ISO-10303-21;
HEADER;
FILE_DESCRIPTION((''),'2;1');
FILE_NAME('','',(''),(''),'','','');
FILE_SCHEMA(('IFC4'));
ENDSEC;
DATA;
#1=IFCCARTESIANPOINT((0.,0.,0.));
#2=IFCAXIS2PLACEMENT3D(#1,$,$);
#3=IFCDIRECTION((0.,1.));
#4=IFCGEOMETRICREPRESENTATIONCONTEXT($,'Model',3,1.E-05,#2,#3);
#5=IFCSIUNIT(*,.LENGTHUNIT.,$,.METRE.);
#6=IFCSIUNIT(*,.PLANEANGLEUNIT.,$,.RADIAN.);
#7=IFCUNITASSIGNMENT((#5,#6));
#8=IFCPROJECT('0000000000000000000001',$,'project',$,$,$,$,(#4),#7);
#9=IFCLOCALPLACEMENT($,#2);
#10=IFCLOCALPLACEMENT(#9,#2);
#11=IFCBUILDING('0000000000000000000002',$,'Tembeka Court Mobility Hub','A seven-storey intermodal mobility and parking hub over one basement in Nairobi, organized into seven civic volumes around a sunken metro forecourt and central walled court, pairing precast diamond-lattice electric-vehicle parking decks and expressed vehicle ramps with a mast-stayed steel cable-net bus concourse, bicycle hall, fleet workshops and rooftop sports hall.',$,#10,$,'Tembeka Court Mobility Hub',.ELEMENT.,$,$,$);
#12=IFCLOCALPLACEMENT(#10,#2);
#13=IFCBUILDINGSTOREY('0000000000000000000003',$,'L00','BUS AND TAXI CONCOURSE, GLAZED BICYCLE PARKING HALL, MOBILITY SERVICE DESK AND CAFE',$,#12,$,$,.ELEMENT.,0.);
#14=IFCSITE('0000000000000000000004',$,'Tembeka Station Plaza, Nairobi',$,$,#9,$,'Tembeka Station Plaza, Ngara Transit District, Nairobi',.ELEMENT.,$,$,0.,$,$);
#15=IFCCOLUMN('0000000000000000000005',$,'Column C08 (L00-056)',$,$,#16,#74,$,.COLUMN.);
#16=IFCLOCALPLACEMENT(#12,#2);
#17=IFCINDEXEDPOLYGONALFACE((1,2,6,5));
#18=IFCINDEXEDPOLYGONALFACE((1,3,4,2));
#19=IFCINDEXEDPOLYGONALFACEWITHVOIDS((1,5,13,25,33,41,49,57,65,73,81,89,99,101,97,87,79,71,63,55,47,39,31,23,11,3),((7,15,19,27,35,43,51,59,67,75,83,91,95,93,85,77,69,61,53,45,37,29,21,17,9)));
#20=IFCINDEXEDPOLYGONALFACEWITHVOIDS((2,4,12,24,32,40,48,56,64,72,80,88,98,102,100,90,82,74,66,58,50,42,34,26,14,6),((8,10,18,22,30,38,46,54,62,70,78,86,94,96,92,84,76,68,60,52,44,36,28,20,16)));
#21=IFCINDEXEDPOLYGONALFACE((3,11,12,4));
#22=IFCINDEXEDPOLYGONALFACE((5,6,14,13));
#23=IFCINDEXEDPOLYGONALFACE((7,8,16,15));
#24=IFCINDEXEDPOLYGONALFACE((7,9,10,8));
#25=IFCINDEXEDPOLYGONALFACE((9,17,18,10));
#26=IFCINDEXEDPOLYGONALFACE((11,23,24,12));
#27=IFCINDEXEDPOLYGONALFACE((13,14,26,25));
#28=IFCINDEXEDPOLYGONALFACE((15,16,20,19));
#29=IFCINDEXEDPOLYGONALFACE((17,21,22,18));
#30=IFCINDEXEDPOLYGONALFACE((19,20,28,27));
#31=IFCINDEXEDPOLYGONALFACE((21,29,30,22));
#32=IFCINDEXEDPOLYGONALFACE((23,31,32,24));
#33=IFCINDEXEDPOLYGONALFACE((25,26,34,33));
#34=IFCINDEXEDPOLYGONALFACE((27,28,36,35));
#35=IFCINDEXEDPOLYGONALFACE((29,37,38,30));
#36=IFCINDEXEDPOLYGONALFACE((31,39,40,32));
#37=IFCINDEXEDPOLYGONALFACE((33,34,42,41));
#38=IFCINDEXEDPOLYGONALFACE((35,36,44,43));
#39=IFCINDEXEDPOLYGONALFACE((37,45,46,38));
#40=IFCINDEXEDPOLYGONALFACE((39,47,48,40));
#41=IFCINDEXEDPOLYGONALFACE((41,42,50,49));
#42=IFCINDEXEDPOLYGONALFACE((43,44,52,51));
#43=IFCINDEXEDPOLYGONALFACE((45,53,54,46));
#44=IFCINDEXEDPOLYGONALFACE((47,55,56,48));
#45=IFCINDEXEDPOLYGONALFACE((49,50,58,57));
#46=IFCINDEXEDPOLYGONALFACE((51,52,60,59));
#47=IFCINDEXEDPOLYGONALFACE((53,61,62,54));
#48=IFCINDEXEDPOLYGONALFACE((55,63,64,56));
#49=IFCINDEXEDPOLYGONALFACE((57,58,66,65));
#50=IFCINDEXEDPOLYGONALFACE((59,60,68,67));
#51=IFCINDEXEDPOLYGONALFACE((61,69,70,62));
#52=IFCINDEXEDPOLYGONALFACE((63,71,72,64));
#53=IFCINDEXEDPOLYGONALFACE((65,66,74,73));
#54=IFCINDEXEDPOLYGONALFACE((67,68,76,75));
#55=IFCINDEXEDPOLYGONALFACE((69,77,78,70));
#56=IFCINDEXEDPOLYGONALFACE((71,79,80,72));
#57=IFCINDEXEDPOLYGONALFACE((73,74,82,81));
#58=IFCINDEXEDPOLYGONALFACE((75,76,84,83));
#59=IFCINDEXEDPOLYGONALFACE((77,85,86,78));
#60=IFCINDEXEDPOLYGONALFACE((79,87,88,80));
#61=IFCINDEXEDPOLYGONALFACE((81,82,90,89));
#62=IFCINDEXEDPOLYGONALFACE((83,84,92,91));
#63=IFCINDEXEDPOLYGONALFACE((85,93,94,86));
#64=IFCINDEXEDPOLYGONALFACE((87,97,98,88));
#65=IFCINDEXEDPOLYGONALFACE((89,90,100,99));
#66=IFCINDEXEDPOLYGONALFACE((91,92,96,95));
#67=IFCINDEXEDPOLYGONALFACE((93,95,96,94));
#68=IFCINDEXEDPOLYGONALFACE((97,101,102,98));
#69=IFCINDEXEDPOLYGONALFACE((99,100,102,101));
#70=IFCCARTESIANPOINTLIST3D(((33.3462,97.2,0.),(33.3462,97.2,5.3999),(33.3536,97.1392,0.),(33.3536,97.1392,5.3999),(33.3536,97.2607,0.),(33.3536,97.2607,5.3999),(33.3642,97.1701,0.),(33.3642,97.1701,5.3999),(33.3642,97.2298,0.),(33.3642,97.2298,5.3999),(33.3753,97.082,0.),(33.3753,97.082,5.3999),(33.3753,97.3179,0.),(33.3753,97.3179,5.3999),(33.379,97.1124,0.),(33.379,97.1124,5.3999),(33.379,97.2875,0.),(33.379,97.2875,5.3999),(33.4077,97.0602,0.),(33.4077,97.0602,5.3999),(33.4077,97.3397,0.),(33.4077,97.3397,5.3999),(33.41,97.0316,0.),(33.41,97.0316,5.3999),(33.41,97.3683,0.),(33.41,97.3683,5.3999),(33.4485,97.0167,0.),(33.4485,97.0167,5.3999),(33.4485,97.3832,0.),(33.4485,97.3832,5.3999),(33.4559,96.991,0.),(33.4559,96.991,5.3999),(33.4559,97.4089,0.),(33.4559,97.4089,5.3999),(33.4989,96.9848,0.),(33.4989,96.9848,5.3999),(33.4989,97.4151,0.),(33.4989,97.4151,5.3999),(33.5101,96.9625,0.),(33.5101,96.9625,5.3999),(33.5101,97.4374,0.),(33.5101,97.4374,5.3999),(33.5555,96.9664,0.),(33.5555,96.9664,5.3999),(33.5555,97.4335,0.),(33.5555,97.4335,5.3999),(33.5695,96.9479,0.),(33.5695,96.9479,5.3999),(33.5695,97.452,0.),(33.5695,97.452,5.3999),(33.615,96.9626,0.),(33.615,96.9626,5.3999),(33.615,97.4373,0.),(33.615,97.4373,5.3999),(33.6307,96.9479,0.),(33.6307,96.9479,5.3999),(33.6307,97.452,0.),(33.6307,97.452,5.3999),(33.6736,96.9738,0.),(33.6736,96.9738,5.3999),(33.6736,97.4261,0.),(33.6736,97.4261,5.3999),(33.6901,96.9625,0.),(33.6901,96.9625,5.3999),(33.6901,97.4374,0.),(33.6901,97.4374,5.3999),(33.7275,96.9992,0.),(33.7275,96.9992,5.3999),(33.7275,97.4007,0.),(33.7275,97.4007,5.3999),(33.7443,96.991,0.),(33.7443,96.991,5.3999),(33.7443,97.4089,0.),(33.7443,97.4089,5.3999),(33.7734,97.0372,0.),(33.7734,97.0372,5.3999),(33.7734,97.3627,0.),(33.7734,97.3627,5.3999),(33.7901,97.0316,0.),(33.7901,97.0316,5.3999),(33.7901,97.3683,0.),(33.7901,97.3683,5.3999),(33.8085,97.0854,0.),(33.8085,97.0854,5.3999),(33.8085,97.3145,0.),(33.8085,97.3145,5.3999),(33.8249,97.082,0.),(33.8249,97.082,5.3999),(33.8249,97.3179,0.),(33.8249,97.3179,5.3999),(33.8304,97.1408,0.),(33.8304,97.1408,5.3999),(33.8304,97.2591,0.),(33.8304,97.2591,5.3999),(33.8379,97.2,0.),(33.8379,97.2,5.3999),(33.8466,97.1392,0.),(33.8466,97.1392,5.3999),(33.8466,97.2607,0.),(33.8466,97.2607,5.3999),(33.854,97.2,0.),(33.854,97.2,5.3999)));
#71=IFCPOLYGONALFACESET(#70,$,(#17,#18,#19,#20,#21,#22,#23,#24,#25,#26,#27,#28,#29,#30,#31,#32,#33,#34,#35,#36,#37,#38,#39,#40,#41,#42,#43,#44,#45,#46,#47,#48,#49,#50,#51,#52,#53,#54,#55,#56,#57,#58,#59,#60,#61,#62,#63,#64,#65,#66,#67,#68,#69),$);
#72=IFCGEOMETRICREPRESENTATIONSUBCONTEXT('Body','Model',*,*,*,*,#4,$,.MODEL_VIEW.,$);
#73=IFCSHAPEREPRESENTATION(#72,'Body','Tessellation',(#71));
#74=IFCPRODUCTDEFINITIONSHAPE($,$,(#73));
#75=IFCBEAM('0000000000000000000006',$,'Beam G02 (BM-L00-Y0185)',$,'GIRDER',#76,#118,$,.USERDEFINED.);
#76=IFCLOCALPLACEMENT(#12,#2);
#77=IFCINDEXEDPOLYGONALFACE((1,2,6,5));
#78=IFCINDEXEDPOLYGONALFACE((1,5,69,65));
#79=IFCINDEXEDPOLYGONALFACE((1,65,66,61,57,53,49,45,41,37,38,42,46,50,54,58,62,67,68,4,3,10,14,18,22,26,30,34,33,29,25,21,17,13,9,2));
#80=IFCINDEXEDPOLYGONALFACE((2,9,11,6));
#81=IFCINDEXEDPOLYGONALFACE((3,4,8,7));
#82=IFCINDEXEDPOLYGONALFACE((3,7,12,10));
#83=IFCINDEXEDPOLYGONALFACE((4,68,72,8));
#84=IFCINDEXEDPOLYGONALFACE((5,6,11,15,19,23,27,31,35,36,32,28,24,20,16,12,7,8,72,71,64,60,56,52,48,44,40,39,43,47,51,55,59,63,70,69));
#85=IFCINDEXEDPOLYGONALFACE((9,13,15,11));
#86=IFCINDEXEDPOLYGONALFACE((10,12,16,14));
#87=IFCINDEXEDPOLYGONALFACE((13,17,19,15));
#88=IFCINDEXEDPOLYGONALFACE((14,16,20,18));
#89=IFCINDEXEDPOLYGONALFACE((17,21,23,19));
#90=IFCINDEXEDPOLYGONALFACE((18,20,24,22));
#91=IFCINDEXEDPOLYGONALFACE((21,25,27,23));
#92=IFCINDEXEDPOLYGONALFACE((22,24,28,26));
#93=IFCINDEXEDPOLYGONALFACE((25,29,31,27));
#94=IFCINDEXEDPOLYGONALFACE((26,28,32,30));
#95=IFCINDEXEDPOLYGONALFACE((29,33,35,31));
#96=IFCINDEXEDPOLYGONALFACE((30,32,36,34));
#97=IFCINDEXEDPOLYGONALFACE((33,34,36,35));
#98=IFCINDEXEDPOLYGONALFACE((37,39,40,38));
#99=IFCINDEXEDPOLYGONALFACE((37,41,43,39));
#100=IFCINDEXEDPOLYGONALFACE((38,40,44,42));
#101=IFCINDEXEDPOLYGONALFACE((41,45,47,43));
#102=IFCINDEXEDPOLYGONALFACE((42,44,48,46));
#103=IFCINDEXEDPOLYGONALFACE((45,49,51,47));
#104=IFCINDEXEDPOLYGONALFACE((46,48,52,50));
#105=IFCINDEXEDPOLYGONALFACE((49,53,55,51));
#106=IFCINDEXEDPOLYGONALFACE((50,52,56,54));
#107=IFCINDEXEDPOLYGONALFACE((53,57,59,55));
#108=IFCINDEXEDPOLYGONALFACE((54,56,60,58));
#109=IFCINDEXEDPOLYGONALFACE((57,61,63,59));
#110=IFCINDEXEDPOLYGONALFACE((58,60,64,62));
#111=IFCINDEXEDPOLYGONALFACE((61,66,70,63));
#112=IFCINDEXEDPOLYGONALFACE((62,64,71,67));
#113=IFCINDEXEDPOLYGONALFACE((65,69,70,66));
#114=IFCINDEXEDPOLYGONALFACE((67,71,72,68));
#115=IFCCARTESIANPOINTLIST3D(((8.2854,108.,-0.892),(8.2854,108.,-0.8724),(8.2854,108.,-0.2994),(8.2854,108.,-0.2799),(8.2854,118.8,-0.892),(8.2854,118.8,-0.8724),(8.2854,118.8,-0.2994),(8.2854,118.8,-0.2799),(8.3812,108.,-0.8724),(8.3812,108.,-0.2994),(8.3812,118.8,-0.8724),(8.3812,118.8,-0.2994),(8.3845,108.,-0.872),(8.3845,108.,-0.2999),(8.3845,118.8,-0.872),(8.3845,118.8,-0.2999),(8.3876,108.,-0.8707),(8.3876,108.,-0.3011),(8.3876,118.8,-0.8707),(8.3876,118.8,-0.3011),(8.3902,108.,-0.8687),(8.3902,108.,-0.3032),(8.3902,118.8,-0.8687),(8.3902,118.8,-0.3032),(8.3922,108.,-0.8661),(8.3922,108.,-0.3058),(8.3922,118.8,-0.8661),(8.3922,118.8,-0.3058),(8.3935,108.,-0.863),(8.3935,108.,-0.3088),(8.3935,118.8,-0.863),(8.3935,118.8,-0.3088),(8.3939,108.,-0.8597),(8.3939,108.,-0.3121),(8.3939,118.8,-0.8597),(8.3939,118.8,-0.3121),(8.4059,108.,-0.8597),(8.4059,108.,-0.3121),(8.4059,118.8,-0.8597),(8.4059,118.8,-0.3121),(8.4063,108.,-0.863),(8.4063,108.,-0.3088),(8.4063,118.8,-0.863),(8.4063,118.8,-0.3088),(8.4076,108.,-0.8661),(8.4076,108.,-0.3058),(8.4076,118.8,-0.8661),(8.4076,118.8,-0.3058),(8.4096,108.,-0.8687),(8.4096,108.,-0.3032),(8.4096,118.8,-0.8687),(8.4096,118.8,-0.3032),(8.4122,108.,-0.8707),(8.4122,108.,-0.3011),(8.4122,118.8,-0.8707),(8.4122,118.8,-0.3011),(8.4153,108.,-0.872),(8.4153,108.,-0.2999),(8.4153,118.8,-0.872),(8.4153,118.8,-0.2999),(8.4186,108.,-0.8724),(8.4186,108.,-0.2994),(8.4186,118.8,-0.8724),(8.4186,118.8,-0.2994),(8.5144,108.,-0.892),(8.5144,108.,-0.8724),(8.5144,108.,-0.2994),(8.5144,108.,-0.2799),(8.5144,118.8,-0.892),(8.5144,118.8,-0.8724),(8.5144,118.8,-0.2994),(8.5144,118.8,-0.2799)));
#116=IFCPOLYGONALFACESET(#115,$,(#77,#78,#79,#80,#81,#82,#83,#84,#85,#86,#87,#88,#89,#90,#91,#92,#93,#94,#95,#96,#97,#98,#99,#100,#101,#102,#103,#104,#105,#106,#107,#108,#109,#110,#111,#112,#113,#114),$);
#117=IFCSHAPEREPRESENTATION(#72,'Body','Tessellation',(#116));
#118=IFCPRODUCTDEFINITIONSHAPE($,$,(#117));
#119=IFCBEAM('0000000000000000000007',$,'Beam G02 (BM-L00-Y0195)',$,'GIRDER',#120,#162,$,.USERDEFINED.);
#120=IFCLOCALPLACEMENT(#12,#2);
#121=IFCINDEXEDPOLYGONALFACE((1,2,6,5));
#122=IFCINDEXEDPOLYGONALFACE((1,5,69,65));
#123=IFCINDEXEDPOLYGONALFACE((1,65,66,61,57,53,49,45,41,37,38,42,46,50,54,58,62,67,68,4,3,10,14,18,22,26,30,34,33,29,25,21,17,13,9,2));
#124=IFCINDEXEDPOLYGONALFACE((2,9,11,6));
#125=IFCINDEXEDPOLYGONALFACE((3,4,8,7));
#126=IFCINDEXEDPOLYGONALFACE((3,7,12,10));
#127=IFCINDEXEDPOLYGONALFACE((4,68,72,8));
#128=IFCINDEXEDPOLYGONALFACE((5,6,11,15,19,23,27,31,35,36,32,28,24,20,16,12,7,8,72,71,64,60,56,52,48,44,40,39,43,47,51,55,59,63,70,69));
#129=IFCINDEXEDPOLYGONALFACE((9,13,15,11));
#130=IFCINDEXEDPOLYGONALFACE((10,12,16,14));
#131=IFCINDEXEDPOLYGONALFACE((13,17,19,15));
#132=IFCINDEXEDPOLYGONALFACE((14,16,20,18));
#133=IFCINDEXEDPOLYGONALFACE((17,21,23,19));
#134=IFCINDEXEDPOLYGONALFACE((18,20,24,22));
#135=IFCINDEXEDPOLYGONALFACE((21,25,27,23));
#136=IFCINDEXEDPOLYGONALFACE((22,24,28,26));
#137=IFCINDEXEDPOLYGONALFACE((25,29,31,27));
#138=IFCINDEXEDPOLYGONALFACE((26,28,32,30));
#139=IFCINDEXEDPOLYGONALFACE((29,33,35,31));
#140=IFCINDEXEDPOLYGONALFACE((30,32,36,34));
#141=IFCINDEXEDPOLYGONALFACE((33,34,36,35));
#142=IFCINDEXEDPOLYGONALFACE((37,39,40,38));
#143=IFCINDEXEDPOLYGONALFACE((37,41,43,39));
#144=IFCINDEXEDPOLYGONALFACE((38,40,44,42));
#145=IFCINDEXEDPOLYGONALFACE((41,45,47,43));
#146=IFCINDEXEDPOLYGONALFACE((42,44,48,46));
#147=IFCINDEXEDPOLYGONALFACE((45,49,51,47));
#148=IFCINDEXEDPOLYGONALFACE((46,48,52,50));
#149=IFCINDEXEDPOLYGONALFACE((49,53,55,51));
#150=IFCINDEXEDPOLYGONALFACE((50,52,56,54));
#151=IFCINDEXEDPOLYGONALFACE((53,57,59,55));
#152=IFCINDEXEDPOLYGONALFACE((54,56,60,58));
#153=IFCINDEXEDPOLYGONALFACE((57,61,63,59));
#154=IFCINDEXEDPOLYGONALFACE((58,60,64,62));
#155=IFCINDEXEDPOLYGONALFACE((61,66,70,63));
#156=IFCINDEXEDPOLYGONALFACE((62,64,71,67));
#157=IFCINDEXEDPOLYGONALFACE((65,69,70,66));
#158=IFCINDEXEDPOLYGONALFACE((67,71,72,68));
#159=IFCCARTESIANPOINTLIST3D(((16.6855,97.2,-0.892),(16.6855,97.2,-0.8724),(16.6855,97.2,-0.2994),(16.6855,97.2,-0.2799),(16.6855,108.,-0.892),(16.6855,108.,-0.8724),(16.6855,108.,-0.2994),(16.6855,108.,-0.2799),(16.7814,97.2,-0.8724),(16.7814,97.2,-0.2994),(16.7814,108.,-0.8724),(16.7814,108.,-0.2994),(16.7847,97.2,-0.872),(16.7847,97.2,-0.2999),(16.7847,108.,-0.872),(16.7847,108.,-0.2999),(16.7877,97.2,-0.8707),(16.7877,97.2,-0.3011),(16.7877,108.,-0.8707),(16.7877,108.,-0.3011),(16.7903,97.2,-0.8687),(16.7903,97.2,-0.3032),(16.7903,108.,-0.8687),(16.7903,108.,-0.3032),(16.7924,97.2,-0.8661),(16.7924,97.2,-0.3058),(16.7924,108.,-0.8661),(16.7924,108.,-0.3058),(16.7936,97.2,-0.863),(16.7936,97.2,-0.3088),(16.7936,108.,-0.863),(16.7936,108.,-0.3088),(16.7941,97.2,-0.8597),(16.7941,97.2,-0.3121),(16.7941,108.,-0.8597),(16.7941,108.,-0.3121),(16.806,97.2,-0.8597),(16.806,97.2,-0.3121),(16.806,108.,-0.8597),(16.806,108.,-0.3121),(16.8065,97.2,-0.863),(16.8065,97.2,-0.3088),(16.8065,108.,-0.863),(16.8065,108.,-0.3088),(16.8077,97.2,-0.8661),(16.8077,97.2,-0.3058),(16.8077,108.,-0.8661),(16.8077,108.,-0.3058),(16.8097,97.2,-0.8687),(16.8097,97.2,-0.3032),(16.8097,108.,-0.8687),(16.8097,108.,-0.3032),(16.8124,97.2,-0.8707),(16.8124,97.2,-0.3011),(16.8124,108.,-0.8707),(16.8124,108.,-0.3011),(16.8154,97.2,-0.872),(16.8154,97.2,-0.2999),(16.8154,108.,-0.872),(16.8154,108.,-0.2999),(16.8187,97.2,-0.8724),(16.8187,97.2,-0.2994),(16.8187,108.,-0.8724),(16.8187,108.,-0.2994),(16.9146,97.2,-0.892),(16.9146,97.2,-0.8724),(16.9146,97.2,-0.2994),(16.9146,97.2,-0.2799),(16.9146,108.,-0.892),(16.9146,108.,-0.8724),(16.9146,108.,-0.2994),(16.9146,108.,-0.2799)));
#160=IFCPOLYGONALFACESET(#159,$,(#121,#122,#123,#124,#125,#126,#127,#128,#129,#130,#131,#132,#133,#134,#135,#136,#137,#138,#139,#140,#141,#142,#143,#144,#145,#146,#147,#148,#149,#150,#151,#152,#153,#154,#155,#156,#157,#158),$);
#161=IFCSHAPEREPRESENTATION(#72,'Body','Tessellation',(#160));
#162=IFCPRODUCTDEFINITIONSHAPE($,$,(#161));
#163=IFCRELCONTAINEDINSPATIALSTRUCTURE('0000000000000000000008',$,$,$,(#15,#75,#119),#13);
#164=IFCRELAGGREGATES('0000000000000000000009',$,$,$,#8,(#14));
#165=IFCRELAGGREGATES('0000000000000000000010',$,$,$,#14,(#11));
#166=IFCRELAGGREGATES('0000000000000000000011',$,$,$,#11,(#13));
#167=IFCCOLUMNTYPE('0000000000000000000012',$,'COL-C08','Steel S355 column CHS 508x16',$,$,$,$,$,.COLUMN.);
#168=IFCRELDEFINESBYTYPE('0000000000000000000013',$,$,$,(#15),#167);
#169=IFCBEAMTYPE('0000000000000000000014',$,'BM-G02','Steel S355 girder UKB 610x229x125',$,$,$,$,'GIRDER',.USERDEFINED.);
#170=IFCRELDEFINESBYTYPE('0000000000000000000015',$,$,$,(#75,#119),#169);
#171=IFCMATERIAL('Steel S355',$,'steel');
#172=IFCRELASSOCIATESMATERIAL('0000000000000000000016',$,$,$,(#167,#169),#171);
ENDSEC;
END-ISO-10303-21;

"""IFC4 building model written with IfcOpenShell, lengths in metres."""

from ifc_helpers import new_model, si_unit, direction, frame, origin, origin_2d, place, context, subcontext, project, spatial, hollow_circle, i_section, extrude, material, material_profile, profile_set, type_object, element, save


model = new_model("IFC4")

# Units and contexts
model_context = context("Model", 3, precision=1e-05, world=origin(), true_north=direction((0.0, 1.0)))
body_context = subcontext(model_context, "Body", "Model", "MODEL_VIEW")
ifc_project = project(units=[si_unit("LENGTHUNIT", "METRE"), si_unit("PLANEANGLEUNIT", "RADIAN")], contexts=[model_context])

# Site, building, storey
site_placement = place(None, origin())
site = spatial("IfcSite", under=ifc_project, at=site_placement, Name="Tembeka Station Plaza, Nairobi", LongName="Tembeka Station Plaza, Ngara Transit District, Nairobi", CompositionType="ELEMENT", RefElevation=0.0)
building_placement = place(site_placement, origin())
building = spatial("IfcBuilding", under=site, at=building_placement, Name="Tembeka Court Mobility Hub", Description="A seven-storey intermodal mobility and parking hub over one basement in Nairobi, organized into seven civic volumes around a sunken metro forecourt and central walled court, pairing precast diamond-lattice electric-vehicle parking decks and expressed vehicle ramps with a mast-stayed steel cable-net bus concourse, bicycle hall, fleet workshops and rooftop sports hall.", LongName="Tembeka Court Mobility Hub", CompositionType="ELEMENT")
storey_placement = place(building_placement, origin())
storey = spatial("IfcBuildingStorey", under=building, at=storey_placement, Name="L00", Description="BUS AND TAXI CONCOURSE, GLAZED BICYCLE PARKING HALL, MOBILITY SERVICE DESK AND CAFE", CompositionType="ELEMENT", Elevation=0.0)

# Column
ifc_material_1 = material(Name="Steel S355", Category="steel")
ifc_material_profile_1 = material_profile(ifc_material_1, hollow_circle(Radius=0.2539, WallThickness=0.0161, at=origin_2d()), Name="CHS 508x16")
ifc_profile_set_1 = profile_set([ifc_material_profile_1], Name="Steel S355")
column_type_1 = type_object("IfcColumnType", Name="COL-C08", Description="Steel S355 column CHS 508x16", PredefinedType="COLUMN", material=ifc_profile_set_1)
for number, where, z_axis, x_axis, name in (
    (1, (33.6001, 97.2, 0.0), (0.0, 0.0, 1.0), (1.0, 0.0, 0.0), "Column C08 (L00-056)"),
):
    element("IfcColumn", number, at=place(storey_placement, frame(where, z_axis=z_axis, x_axis=x_axis)), inside=storey, type_object=column_type_1, Name=name, PredefinedType="COLUMN", context=body_context, shape_type="SweptSolid", body=[
        extrude(hollow_circle(Radius=0.2539, WallThickness=0.0161, at=origin_2d()), origin(), (0.0, 0.0, 1.0), 5.3999),
    ])

# Beams
ifc_material_profile_2 = material_profile(ifc_material_1, i_section(OverallWidth=0.229, OverallDepth=0.6121, WebThickness=0.012, FlangeThickness=0.0195, FilletRadius=0.0127, at=origin_2d()), Name="UKB 610x229x125")
ifc_profile_set_2 = profile_set([ifc_material_profile_2], Name="Steel S355")
beam_type_1 = type_object("IfcBeamType", Name="BM-G02", Description="Steel S355 girder UKB 610x229x125", ElementType="GIRDER", PredefinedType="USERDEFINED", material=ifc_profile_set_2)
for number, where, z_axis, x_axis, name in (
    (2, (8.3999, 108.0, -0.5859), (0.0, 1.0, 0.0), (-1.0, 0.0, 0.0), "Beam G02 (BM-L00-Y0185)"),
    (3, (16.8, 97.2, -0.5859), (0.0, 1.0, 0.0), (-1.0, 0.0, 0.0), "Beam G02 (BM-L00-Y0195)"),
):
    element("IfcBeam", number, at=place(storey_placement, frame(where, z_axis=z_axis, x_axis=x_axis)), inside=storey, type_object=beam_type_1, Name=name, ObjectType="GIRDER", PredefinedType="USERDEFINED", context=body_context, shape_type="SweptSolid", body=[
        extrude(i_section(OverallWidth=0.229, OverallDepth=0.6121, WebThickness=0.012, FlangeThickness=0.0195, FilletRadius=0.0127, at=origin_2d()), origin(), (0.0, 0.0, 1.0), 10.8),
    ])

save(model, "model.ifc")
